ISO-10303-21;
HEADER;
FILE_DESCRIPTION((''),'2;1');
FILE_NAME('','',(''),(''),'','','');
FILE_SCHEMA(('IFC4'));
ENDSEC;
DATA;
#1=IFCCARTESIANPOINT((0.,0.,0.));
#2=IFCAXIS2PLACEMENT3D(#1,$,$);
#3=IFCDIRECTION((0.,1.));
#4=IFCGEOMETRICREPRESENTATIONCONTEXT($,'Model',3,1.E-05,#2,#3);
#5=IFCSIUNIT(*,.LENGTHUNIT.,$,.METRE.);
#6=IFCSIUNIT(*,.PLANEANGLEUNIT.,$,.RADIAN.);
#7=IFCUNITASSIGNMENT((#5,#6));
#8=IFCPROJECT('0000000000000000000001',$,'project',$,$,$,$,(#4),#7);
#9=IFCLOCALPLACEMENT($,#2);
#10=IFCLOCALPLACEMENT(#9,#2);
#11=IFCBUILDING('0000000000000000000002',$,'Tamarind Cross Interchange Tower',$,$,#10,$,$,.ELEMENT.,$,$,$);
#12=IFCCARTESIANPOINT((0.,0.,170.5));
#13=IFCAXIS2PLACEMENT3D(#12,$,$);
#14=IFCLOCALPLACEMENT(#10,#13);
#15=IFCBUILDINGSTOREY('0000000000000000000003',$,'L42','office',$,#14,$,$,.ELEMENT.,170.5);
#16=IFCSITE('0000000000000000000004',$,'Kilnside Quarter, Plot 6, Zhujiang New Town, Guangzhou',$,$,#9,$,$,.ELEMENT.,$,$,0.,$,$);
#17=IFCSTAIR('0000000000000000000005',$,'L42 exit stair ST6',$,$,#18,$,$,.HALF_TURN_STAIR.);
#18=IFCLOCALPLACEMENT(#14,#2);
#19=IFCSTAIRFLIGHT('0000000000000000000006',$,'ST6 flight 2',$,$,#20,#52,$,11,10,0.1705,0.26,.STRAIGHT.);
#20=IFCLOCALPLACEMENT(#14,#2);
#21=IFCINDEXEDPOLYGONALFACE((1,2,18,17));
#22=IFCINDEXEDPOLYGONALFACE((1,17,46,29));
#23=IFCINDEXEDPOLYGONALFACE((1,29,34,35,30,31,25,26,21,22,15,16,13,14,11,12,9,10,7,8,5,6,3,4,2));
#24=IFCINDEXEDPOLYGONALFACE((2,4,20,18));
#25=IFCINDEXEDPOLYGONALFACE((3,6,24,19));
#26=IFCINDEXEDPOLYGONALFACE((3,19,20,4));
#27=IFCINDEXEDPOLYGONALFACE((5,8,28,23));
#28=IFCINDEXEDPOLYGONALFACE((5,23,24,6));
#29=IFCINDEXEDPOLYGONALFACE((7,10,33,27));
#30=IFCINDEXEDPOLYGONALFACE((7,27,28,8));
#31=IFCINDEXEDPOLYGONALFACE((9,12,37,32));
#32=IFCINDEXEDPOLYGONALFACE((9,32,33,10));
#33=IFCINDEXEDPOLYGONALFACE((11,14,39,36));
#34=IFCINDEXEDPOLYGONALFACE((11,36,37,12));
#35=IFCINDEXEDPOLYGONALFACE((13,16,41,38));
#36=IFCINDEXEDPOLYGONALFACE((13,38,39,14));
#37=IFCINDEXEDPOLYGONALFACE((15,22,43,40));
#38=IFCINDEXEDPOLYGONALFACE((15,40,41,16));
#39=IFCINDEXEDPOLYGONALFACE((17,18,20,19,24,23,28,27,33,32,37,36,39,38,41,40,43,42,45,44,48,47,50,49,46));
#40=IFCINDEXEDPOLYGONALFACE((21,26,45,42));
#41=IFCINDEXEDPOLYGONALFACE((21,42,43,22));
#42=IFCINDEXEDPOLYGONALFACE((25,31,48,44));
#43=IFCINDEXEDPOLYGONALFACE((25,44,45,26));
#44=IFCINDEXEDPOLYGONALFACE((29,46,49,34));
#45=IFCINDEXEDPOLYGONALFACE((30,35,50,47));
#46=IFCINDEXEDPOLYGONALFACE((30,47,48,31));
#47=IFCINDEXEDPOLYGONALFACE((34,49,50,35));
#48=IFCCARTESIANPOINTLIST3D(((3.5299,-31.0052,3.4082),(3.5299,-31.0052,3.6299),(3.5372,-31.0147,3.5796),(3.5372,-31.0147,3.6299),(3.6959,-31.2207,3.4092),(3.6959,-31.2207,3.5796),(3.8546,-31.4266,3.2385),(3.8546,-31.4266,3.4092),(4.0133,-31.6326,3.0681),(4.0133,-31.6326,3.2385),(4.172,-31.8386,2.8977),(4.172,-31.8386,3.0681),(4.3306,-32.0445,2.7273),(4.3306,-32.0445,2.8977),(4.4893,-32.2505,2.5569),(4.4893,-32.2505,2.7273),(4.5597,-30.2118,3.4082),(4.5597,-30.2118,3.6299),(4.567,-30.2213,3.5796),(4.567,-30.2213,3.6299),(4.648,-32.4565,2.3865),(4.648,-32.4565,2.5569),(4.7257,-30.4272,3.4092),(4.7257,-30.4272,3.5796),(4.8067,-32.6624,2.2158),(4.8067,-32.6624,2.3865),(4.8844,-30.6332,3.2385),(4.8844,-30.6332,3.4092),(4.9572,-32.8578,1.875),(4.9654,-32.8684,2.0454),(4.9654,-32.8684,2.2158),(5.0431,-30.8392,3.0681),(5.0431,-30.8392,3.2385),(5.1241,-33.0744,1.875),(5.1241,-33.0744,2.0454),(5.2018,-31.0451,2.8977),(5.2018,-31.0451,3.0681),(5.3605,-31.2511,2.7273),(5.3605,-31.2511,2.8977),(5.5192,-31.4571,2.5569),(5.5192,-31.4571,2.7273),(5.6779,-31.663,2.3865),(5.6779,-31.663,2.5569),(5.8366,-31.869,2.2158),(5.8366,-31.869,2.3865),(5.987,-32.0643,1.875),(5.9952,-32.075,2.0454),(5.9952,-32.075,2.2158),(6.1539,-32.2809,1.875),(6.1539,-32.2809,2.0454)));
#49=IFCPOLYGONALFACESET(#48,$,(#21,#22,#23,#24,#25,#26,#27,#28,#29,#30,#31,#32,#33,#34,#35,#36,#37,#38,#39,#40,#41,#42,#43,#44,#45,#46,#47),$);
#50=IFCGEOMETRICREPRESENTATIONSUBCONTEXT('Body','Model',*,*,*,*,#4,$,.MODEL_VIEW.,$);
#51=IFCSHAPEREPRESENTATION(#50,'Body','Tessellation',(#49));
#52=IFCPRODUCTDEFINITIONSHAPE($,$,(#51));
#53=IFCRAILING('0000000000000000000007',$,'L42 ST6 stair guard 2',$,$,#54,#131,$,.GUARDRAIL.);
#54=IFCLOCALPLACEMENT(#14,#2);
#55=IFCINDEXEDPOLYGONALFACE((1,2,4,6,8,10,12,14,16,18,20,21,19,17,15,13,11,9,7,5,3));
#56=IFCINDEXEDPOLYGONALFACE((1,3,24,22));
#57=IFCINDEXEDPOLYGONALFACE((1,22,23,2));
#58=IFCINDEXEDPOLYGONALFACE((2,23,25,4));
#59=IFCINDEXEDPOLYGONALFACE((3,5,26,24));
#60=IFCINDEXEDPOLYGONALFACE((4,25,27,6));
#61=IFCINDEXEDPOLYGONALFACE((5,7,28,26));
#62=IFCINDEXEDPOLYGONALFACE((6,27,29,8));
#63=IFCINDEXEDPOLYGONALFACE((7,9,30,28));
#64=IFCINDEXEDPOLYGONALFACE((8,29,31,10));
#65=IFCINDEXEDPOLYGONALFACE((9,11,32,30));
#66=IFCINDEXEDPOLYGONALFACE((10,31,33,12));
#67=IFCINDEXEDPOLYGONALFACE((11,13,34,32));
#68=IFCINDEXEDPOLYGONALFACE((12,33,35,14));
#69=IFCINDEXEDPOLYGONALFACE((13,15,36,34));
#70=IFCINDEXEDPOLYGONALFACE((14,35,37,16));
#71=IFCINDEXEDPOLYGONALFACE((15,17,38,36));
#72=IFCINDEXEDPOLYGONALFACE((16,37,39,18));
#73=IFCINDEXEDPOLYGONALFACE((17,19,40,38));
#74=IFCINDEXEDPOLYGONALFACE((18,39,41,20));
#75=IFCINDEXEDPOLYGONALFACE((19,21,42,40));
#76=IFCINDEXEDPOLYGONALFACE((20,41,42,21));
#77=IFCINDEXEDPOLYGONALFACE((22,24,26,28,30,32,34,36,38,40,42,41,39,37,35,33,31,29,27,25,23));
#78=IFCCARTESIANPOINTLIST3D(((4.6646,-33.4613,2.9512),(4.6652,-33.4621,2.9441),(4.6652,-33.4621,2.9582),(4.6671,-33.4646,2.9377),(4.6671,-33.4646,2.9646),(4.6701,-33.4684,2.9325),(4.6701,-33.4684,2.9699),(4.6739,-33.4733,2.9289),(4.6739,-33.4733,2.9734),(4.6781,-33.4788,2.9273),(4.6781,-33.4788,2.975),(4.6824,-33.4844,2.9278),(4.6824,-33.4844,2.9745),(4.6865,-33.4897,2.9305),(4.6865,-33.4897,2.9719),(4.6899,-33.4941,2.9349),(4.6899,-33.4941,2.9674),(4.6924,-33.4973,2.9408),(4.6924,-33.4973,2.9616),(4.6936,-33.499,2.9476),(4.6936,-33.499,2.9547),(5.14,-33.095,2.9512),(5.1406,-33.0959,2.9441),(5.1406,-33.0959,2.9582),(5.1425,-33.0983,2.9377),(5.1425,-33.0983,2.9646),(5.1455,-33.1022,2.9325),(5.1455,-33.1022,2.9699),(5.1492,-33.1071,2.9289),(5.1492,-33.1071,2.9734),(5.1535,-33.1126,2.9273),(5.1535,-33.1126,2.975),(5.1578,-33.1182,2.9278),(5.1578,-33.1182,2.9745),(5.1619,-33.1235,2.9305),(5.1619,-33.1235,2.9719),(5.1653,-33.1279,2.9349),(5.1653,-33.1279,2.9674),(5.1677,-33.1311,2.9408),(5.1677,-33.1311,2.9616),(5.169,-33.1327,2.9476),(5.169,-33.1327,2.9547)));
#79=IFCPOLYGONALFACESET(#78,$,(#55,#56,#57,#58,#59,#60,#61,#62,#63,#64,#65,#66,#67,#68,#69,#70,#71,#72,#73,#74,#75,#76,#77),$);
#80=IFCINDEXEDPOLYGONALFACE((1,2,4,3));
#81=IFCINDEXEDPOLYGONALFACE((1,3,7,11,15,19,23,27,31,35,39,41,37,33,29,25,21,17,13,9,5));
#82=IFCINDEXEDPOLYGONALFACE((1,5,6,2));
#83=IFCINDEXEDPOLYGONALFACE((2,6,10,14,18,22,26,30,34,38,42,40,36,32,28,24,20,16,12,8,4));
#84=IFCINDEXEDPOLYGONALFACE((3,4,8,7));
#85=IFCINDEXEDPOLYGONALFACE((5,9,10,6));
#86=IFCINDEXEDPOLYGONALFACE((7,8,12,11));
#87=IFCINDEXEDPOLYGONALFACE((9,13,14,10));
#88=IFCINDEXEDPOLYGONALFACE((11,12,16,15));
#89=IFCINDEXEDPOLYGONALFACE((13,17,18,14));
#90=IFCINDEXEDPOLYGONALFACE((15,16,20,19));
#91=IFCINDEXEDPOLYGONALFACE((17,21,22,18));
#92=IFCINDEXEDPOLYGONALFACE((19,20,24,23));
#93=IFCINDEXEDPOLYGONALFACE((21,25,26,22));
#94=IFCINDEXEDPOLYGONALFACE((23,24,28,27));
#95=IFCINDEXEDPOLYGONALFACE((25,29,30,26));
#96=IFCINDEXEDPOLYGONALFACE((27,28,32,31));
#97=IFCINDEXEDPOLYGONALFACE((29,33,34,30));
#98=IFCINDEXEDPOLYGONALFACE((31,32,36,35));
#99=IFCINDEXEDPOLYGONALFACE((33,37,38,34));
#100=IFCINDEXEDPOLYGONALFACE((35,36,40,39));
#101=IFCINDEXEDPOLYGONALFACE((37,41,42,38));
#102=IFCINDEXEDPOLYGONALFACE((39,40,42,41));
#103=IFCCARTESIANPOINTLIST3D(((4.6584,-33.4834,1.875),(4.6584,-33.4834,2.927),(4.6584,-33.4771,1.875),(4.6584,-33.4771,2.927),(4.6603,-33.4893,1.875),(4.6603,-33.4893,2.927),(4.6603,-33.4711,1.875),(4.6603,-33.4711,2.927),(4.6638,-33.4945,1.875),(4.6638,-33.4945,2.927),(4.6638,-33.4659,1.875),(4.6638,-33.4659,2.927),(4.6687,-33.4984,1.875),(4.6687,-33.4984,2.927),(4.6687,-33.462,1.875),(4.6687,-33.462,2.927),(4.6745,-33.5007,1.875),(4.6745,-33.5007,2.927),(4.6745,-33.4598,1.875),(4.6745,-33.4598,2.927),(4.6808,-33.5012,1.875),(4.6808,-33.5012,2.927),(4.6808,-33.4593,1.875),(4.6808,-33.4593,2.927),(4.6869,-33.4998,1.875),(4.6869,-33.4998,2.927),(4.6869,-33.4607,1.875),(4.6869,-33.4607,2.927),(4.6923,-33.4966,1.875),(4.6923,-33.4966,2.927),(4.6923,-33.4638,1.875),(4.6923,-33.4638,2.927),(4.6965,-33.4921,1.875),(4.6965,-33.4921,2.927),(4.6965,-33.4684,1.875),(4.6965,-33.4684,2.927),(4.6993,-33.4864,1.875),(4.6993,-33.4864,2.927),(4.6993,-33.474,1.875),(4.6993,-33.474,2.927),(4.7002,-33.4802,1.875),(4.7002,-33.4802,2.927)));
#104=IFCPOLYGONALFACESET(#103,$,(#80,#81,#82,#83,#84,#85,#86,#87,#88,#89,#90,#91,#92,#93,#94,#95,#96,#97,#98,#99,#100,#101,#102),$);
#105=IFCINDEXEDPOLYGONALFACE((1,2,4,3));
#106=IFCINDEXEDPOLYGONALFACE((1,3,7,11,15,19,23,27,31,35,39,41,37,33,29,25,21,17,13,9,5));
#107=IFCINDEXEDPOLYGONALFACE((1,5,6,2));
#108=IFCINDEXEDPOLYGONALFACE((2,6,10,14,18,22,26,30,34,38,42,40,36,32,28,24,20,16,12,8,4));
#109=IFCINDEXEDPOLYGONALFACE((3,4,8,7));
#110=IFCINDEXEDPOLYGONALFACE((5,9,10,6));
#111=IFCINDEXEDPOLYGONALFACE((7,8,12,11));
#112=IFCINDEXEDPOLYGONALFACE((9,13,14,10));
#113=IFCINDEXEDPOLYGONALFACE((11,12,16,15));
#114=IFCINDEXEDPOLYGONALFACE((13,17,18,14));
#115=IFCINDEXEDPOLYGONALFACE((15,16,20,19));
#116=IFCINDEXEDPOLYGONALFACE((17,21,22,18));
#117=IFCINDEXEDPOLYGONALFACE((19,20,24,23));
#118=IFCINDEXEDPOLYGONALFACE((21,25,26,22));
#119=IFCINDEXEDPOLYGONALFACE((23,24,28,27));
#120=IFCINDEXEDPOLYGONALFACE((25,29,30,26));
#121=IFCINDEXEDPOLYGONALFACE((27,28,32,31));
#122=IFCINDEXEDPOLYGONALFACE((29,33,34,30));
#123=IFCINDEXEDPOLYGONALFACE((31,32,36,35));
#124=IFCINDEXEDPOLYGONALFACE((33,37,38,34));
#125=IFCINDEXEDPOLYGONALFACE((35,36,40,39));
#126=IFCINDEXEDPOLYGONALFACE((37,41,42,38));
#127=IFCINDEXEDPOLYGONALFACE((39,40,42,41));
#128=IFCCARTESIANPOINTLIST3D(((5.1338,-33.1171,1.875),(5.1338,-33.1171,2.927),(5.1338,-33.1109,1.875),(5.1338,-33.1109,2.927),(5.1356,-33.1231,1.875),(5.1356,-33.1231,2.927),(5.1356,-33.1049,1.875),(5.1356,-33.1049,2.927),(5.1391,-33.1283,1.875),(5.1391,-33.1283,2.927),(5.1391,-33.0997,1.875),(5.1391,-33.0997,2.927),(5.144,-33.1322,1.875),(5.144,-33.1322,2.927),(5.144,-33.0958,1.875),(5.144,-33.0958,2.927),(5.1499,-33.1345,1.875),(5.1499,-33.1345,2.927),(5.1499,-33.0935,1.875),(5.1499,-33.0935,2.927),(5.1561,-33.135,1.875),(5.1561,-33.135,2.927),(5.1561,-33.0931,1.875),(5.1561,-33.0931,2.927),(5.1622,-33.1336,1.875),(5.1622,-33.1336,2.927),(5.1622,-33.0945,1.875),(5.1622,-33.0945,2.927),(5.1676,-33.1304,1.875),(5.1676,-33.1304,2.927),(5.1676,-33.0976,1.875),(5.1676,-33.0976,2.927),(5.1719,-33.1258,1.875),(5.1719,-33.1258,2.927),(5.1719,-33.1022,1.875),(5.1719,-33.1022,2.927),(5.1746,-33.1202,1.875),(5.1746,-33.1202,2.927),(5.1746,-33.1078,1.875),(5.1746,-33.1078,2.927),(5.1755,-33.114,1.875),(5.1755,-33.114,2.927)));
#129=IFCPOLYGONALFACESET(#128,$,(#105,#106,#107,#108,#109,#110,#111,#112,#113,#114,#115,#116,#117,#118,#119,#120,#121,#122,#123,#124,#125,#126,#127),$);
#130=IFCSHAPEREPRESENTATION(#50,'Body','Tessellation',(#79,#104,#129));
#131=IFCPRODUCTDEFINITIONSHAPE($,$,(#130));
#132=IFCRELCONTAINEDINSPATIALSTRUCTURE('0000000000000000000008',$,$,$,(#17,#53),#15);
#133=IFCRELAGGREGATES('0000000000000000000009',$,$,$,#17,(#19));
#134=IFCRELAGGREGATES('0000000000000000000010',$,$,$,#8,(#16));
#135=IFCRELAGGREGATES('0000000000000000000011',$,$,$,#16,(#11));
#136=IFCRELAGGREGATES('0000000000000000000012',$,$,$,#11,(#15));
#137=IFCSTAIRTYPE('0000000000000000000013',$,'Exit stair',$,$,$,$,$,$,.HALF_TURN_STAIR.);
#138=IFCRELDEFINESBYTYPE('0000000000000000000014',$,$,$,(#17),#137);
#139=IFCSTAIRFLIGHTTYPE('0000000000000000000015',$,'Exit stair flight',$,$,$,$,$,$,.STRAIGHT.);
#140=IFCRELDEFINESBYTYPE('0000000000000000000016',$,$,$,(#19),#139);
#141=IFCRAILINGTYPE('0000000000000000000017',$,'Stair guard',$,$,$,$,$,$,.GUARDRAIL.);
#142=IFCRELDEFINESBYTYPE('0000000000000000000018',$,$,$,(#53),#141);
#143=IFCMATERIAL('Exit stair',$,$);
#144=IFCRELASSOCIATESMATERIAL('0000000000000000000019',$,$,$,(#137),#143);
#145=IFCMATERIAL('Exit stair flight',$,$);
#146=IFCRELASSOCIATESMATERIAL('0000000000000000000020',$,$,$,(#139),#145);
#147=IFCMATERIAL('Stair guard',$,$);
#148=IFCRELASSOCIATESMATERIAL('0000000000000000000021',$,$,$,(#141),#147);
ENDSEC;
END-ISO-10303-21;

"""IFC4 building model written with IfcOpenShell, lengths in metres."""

from ifc_helpers import new_model, si_unit, direction, frame, origin, origin_2d, place, context, subcontext, project, spatial, polyline, circle, outline, extrude, material, type_object, element, aggregate, save


model = new_model("IFC4")

# Units and contexts
model_context = context("Model", 3, precision=1e-05, world=origin(), true_north=direction((0.0, 1.0)))
body_context = subcontext(model_context, "Body", "Model", "MODEL_VIEW")
ifc_project = project(units=[si_unit("LENGTHUNIT", "METRE"), si_unit("PLANEANGLEUNIT", "RADIAN")], contexts=[model_context])

# Site, building, storey
site_placement = place(None, origin())
site = spatial("IfcSite", under=ifc_project, at=site_placement, Name="Kilnside Quarter, Plot 6, Zhujiang New Town, Guangzhou", CompositionType="ELEMENT", RefElevation=0.0)
building_placement = place(site_placement, origin())
building = spatial("IfcBuilding", under=site, at=building_placement, Name="Tamarind Cross Interchange Tower", CompositionType="ELEMENT")
storey_placement = place(building_placement, frame((0.0, 0.0, 170.5)))
storey = spatial("IfcBuildingStorey", under=building, at=storey_placement, Name="L42", Description="office", CompositionType="ELEMENT", Elevation=170.5)

# Stair, stair flight
ifc_material_1 = material(Name="Exit stair")
stair_type = type_object("IfcStairType", Name="Exit stair", PredefinedType="HALF_TURN_STAIR", material=ifc_material_1)
stair_placement = place(storey_placement, origin())
stair = element("IfcStair", 1, at=stair_placement, inside=storey, type_object=stair_type, Name="L42 exit stair ST6", PredefinedType="HALF_TURN_STAIR")
ifc_material_2 = material(Name="Exit stair flight")
stair_flight_type = type_object("IfcStairFlightType", Name="Exit stair flight", PredefinedType="STRAIGHT", material=ifc_material_2)
stair_flight_1_placement = place(storey_placement, frame((5.6389, -32.6777, 1.875), z_axis=(0.0, 0.0, 1.0), x_axis=(-0.610322, 0.792153, 0.0)))
stair_flight_1 = element("IfcStairFlight", 2, at=stair_flight_1_placement, type_object=stair_flight_type, Name="ST6 flight 2", NumberOfRisers=11, NumberOfTreads=10, PredefinedType="STRAIGHT", RiserHeight=0.1705, TreadLength=0.26, context=body_context, shape_type="SweptSolid", body=[
    extrude(outline(polyline([(0.0, 0.0), (0.0, 0.1704), (0.26, 0.1704), (0.26, 0.3408), (0.52, 0.3408), (0.52, 0.5115), (0.78, 0.5115), (0.78, 0.6819), (1.04, 0.6819), (1.04, 0.8523), (1.3, 0.8523), (1.3, 1.0227), (1.5601, 1.0227), (1.5601, 1.1931), (1.8201, 1.1931), (1.8201, 1.3635), (2.0801, 1.3635), (2.0801, 1.5342), (2.3401, 1.5342), (2.3401, 1.7046), (2.6001, 1.7046), (2.6001, 1.7549), (2.6121, 1.7549), (2.6121, 1.5332), (0.2734, 0.0), (0.0, 0.0)])), frame((0.0, 0.6499, 0.0), z_axis=(0.0, -1.0, 0.0), x_axis=(1.0, 0.0, 0.0)), (0.0, 0.0, 1.0), 1.3),
])
aggregate(stair, [stair_flight_1])

# Railing
ifc_material_3 = material(Name="Stair guard")
railing_type_1 = type_object("IfcRailingType", Name="Stair guard", PredefinedType="GUARDRAIL", material=ifc_material_3)
railing_1_placement = place(storey_placement, frame((4.6792, -33.4802, 1.875)))
element("IfcRailing", 3, at=railing_1_placement, inside=storey, type_object=railing_type_1, Name="L42 ST6 stair guard 2", PredefinedType="GUARDRAIL", context=body_context, shape_type="SweptSolid", body=[
    extrude(circle(Radius=0.0239, at=origin_2d()), frame((0.0, 0.0, 1.0762), z_axis=(0.79217, 0.6103, 0.0), x_axis=(-0.6103, 0.79217, 0.0)), (0.0, 0.0, 1.0), 0.6001),
    extrude(circle(Radius=0.021, at=origin_2d()), origin(), (0.0, 0.0, 1.0), 1.052),
    extrude(circle(Radius=0.021, at=origin_2d()), frame((0.4753, 0.3662, 0.0)), (0.0, 0.0, 1.0), 1.052),
])

save(model, "model.ifc")
